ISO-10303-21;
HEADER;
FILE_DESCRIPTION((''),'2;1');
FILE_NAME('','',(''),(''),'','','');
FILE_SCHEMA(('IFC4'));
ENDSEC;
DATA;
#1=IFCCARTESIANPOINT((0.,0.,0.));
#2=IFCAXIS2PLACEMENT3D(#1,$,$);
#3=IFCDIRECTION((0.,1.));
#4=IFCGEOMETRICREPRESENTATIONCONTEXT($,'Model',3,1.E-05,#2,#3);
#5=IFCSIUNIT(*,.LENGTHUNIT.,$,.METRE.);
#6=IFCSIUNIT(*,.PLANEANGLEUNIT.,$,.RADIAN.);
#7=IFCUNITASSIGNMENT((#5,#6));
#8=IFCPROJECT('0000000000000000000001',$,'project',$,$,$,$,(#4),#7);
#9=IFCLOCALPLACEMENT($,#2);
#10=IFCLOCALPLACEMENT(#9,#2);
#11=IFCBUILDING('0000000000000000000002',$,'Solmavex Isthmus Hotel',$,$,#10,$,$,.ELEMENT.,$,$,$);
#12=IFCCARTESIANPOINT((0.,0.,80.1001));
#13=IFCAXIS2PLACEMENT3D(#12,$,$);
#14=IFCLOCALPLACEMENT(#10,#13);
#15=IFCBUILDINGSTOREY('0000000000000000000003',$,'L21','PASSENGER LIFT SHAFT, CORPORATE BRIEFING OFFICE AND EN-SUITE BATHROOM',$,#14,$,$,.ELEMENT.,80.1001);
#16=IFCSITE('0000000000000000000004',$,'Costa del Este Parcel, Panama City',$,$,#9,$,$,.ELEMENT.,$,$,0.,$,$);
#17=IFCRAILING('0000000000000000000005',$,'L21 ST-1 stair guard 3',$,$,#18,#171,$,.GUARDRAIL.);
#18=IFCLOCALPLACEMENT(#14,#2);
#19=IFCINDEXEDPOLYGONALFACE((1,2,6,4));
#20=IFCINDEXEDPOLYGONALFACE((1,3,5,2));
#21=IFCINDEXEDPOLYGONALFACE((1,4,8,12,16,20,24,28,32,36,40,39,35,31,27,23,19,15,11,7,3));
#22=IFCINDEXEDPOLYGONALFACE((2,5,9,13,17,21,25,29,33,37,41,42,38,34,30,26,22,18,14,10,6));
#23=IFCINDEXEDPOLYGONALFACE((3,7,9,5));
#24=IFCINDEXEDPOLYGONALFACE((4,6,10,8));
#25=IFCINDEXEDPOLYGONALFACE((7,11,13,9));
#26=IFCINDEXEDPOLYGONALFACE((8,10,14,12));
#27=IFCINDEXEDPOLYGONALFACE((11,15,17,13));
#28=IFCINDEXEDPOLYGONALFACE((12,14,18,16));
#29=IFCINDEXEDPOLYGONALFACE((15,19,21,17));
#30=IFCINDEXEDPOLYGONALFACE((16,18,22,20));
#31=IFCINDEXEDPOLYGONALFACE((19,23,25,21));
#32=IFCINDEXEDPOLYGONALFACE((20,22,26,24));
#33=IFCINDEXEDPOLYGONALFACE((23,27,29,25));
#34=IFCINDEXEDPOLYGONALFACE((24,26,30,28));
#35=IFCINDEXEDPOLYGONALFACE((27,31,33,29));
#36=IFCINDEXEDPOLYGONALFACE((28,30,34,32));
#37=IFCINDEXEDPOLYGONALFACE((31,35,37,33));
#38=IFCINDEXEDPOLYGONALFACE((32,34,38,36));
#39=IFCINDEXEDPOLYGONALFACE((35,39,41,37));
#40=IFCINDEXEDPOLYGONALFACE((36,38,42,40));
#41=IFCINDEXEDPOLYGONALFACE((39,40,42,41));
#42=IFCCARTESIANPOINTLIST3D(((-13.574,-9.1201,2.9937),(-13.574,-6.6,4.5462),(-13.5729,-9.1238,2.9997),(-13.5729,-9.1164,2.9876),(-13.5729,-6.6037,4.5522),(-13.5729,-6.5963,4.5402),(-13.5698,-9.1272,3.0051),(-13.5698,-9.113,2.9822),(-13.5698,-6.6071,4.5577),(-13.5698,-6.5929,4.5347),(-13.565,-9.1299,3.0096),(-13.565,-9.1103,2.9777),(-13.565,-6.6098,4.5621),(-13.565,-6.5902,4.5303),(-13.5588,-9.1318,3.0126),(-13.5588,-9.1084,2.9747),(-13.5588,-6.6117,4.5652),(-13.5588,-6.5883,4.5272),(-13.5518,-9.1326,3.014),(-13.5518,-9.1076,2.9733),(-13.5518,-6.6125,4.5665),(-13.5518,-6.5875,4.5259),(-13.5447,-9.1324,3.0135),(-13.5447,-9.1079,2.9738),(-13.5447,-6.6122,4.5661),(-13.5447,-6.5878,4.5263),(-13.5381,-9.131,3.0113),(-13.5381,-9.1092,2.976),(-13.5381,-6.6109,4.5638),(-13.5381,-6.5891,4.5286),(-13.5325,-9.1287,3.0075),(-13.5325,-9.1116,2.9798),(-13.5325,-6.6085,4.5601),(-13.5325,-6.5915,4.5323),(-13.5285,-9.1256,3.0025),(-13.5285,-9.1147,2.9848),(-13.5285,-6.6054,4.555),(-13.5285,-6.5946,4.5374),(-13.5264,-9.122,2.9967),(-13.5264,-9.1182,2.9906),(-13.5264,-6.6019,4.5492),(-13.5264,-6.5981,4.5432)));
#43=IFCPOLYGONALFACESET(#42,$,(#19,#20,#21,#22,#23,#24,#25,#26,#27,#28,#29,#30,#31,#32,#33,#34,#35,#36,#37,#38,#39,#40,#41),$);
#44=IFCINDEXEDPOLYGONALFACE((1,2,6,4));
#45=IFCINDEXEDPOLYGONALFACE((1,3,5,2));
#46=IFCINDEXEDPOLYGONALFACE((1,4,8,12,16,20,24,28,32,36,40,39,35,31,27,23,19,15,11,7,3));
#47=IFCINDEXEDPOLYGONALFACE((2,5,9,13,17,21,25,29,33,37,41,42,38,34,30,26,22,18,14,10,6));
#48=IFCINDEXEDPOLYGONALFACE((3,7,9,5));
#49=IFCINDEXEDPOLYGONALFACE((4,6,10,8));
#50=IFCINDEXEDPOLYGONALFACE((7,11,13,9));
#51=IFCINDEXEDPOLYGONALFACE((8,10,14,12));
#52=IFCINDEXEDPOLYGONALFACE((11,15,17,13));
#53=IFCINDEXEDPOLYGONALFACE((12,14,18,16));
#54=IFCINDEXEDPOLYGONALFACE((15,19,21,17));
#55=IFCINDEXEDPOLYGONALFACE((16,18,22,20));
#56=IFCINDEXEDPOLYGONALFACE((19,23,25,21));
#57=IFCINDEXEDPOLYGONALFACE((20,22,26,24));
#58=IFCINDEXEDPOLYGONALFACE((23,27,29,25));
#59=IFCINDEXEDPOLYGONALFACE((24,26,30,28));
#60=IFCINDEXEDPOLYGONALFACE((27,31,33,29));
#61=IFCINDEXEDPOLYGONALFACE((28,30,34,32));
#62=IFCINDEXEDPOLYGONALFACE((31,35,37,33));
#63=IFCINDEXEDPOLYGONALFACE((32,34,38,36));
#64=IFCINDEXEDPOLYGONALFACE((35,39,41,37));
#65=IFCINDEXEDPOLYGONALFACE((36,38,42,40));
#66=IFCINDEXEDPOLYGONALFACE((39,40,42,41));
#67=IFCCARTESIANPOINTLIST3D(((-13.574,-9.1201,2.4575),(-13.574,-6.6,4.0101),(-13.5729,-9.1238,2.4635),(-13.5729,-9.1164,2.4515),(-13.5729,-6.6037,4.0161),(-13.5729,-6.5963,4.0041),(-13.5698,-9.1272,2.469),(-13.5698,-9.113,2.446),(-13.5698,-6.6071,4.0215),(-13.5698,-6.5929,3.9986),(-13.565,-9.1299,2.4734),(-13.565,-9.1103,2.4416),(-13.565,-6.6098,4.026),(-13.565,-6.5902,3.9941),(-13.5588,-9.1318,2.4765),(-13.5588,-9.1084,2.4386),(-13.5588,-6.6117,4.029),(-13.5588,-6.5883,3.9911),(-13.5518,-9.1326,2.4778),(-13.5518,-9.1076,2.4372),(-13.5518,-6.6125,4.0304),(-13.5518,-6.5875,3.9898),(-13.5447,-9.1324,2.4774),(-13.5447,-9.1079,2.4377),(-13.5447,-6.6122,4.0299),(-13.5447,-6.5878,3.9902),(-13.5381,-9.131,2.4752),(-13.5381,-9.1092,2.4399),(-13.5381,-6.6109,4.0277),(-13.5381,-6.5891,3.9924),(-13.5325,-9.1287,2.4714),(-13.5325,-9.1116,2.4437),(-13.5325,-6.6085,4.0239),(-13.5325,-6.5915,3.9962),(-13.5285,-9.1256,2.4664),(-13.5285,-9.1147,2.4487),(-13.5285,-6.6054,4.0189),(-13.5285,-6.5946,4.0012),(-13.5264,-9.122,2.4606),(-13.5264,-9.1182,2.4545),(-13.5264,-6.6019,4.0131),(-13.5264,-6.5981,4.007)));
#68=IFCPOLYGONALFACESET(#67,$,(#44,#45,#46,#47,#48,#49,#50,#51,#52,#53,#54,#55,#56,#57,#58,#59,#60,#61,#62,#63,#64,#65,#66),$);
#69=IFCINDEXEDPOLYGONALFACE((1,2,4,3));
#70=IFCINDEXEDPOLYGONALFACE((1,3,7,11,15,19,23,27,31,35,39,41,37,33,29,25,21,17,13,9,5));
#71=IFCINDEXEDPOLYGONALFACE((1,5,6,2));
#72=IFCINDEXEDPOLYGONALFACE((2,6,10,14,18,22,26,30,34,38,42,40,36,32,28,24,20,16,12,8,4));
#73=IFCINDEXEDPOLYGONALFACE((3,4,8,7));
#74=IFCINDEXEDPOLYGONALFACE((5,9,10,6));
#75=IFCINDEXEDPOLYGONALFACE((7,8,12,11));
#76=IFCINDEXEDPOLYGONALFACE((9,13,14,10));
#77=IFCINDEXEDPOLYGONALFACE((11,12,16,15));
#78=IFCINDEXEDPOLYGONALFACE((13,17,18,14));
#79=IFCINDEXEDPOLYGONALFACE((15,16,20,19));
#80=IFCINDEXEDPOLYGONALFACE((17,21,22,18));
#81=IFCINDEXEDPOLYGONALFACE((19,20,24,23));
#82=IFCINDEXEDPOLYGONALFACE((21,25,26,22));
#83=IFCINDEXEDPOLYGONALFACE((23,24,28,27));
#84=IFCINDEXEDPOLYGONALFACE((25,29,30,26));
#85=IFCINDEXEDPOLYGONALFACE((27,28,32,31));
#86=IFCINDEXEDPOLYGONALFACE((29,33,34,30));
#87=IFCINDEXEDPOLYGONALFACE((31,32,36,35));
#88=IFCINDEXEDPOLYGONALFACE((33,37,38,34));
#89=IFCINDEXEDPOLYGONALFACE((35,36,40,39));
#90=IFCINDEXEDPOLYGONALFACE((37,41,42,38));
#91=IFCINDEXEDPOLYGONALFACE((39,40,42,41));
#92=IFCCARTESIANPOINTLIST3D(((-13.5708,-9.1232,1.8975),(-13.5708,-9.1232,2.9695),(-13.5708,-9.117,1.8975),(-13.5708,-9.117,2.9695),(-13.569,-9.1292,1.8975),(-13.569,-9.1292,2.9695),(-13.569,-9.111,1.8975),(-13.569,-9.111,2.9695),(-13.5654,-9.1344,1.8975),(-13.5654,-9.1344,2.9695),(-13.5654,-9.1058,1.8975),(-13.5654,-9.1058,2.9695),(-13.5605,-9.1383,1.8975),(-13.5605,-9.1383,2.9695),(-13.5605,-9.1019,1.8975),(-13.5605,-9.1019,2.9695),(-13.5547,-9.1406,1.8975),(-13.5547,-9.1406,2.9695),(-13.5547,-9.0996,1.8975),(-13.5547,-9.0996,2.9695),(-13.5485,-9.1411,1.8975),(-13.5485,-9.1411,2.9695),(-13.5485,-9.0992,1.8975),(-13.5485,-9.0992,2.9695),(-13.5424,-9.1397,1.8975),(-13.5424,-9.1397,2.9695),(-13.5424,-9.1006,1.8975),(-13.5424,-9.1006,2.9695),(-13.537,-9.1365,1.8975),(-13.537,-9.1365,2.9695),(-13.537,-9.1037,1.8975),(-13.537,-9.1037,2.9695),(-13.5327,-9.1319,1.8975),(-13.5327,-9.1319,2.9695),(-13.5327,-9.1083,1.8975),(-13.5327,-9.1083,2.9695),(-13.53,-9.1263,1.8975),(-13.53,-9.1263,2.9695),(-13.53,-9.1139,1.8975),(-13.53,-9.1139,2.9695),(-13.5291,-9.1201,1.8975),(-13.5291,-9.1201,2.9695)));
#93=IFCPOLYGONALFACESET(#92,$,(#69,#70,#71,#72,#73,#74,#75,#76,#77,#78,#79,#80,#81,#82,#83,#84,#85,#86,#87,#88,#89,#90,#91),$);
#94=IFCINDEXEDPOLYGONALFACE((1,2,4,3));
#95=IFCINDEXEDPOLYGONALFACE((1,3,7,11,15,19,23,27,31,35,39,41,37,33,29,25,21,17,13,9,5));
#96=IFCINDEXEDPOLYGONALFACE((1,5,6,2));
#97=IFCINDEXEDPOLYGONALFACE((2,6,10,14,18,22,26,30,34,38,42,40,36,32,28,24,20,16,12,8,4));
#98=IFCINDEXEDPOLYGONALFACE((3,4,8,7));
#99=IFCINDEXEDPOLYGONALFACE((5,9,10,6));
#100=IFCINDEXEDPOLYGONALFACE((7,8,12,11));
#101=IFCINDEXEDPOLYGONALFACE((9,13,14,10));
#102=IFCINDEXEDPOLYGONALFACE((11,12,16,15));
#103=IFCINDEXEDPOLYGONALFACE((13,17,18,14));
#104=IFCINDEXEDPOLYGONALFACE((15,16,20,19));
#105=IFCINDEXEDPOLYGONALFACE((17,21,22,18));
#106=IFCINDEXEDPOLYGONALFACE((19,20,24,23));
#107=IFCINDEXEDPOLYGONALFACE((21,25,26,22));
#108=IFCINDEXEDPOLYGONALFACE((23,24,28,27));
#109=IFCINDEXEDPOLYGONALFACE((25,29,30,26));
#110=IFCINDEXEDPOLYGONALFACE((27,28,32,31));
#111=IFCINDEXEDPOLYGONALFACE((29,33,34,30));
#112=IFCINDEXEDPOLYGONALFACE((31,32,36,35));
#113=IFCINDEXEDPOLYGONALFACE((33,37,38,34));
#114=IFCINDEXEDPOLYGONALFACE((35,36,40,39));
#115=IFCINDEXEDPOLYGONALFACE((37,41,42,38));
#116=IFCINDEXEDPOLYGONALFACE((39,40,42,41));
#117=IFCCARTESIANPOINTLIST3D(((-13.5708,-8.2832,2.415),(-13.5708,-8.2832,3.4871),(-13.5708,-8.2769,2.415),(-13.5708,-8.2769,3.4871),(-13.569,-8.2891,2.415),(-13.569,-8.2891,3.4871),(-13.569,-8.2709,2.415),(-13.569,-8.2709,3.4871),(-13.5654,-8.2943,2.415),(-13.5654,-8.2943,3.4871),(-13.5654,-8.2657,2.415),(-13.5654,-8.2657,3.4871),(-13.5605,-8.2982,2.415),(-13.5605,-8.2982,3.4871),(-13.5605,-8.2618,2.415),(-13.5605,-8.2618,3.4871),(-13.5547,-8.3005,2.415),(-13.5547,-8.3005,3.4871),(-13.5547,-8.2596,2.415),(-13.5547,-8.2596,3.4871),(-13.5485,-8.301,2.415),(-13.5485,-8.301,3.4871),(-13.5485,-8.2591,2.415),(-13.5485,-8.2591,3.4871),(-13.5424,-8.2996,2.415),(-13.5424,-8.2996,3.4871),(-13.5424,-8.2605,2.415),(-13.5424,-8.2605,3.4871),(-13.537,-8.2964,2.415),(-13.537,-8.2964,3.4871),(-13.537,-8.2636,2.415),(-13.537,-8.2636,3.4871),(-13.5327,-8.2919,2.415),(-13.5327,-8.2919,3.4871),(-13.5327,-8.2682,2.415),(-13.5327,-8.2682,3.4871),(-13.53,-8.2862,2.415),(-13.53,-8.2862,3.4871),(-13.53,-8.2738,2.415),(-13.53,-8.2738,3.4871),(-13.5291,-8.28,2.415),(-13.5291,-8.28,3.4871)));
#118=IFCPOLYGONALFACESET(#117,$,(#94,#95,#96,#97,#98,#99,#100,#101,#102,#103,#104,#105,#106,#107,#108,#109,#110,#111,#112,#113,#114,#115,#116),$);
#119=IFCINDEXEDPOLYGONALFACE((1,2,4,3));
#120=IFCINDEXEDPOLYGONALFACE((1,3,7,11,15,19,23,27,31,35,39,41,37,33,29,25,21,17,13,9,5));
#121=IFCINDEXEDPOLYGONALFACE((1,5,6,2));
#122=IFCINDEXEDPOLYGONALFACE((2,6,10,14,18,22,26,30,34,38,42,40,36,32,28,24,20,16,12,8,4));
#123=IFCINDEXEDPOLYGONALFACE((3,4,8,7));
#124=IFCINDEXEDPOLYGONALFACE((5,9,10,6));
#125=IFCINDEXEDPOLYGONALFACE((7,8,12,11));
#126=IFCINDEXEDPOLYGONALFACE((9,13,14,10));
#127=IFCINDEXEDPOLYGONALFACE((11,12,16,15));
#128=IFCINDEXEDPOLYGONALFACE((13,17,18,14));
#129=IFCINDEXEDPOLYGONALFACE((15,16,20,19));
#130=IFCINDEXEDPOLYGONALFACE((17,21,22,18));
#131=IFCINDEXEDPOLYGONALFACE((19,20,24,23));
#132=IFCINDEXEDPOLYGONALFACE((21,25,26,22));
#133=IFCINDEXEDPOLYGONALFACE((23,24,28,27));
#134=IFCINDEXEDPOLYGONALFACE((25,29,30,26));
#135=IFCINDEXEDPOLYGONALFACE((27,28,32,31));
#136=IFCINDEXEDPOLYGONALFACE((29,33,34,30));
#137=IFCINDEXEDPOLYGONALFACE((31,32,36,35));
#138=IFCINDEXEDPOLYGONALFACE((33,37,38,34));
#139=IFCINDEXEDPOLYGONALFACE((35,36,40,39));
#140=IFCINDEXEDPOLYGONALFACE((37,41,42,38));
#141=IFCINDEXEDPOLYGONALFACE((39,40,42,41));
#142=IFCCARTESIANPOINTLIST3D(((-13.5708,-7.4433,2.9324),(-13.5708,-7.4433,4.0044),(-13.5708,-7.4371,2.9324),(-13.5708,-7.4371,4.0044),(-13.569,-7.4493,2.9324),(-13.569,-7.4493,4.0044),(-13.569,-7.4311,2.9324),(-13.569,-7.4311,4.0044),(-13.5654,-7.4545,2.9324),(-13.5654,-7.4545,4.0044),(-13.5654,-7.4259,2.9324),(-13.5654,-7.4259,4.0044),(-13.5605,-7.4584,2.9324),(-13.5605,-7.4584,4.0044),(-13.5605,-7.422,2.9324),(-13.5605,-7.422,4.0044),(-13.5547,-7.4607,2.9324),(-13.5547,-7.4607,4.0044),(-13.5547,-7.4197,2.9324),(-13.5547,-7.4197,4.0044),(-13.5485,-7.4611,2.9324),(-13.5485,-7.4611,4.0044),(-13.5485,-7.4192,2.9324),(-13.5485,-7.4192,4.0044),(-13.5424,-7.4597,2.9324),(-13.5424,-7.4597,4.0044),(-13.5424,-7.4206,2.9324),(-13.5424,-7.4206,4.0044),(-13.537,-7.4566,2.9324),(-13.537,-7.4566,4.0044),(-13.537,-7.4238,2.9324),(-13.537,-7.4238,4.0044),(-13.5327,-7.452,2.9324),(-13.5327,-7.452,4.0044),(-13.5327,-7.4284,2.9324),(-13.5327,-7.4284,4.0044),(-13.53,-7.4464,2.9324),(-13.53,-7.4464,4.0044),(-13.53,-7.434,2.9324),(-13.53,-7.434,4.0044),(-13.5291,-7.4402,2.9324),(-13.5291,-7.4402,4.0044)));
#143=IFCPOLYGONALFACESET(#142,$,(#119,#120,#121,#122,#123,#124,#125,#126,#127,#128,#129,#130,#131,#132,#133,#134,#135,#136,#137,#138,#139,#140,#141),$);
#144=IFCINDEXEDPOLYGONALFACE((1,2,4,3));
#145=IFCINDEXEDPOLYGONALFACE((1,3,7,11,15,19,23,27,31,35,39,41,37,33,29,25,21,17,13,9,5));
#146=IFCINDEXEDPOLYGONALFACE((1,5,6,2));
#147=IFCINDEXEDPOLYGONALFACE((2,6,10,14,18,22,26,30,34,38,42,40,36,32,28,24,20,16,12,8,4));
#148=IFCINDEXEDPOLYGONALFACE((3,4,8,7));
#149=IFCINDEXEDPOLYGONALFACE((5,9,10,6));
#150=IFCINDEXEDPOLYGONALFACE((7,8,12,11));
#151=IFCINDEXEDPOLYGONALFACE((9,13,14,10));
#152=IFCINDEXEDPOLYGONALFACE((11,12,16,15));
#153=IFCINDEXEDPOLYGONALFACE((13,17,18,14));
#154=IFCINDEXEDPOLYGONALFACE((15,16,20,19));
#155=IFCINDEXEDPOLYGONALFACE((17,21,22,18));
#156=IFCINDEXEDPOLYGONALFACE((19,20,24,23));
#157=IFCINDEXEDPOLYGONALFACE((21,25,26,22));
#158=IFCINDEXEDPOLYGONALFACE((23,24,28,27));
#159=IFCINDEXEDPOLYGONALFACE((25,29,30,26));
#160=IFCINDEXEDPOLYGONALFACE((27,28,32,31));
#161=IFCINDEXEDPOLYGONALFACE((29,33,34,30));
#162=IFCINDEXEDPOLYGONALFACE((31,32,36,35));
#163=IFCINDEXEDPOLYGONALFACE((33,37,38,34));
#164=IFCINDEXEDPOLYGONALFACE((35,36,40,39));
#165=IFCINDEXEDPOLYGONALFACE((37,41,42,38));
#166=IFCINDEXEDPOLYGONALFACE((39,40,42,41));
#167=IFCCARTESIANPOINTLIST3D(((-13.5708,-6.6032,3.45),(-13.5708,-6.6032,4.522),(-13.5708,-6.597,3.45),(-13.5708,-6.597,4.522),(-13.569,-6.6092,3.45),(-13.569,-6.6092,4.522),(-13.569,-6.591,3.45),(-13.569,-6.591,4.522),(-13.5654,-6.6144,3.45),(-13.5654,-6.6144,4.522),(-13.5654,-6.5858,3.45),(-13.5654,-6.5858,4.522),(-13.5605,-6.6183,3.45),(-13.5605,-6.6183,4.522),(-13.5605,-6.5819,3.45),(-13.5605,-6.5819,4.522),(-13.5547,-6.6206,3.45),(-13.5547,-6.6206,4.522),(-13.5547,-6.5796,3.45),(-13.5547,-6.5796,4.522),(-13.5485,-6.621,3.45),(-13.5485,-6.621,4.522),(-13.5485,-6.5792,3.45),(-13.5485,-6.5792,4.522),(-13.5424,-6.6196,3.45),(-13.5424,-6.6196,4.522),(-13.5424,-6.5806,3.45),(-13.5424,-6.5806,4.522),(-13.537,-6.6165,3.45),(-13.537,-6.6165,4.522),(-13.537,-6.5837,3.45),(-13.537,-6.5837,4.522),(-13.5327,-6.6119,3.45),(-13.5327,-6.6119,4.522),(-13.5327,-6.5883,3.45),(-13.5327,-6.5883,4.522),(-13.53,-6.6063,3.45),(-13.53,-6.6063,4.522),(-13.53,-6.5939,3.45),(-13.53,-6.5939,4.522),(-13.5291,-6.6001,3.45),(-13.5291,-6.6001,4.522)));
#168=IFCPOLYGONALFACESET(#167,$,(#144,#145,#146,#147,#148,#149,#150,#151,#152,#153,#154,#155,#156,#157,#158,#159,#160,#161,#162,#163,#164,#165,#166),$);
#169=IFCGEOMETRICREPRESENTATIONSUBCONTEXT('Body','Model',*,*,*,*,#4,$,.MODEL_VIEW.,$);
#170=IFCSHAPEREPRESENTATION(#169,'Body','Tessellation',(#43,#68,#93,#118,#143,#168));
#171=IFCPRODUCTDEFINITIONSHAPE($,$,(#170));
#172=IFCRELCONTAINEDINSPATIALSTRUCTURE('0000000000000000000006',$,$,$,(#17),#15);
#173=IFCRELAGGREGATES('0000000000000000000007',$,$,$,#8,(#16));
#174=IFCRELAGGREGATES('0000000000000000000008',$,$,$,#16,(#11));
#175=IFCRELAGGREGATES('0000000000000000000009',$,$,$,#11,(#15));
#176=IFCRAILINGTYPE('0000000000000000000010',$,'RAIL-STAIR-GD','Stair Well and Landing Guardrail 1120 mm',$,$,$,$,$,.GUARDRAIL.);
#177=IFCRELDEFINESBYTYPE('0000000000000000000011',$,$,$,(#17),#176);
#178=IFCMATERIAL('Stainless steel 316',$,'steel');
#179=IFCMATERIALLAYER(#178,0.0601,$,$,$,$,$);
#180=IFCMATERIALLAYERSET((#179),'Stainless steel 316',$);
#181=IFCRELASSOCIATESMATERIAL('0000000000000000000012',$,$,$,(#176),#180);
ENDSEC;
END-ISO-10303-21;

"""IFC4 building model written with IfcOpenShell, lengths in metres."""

from ifc_helpers import new_model, si_unit, direction, frame, origin, origin_2d, place, context, subcontext, project, spatial, circle, extrude, material, layer, layer_set, type_object, element, save


model = new_model("IFC4")

# Units and contexts
model_context = context("Model", 3, precision=1e-05, world=origin(), true_north=direction((0.0, 1.0)))
body_context = subcontext(model_context, "Body", "Model", "MODEL_VIEW")
ifc_project = project(units=[si_unit("LENGTHUNIT", "METRE"), si_unit("PLANEANGLEUNIT", "RADIAN")], contexts=[model_context])

# Site, building, storey
site_placement = place(None, origin())
site = spatial("IfcSite", under=ifc_project, at=site_placement, Name="Costa del Este Parcel, Panama City", CompositionType="ELEMENT", RefElevation=0.0)
building_placement = place(site_placement, origin())
building = spatial("IfcBuilding", under=site, at=building_placement, Name="Solmavex Isthmus Hotel", CompositionType="ELEMENT")
storey_placement = place(building_placement, frame((0.0, 0.0, 80.1001)))
storey = spatial("IfcBuildingStorey", under=building, at=storey_placement, Name="L21", Description="PASSENGER LIFT SHAFT, CORPORATE BRIEFING OFFICE AND EN-SUITE BATHROOM", CompositionType="ELEMENT", Elevation=80.1001)

# Railing
ifc_material_1 = material(Name="Stainless steel 316", Category="steel")
ifc_layer_1 = layer(ifc_material_1, 0.0601)
ifc_layer_set_1 = layer_set([ifc_layer_1], Name="Stainless steel 316")
railing_type_1 = type_object("IfcRailingType", Name="RAIL-STAIR-GD", Description="Stair Well and Landing Guardrail 1120 mm", PredefinedType="GUARDRAIL", material=ifc_layer_set_1)
railing_1_placement = place(storey_placement, frame((-13.55, -9.1201, 1.8975)))
element("IfcRailing", 1, at=railing_1_placement, inside=storey, type_object=railing_type_1, Name="L21 ST-1 stair guard 3", PredefinedType="GUARDRAIL", context=body_context, shape_type="SweptSolid", body=[
    extrude(circle(Radius=0.0239, at=origin_2d()), frame((0.0, 0.0, 1.0962), z_axis=(0.0, 0.8514, 0.524516), x_axis=(-1.0, 0.0, 0.0)), (0.0, 0.0, 1.0), 2.96),
    extrude(circle(Radius=0.0239, at=origin_2d()), frame((0.0, 0.0, 0.5601), z_axis=(0.0, 0.8514, 0.524516), x_axis=(-1.0, 0.0, 0.0)), (0.0, 0.0, 1.0), 2.96),
    extrude(circle(Radius=0.021, at=origin_2d()), origin(), (0.0, 0.0, 1.0), 1.072),
    extrude(circle(Radius=0.021, at=origin_2d()), frame((0.0, 0.8401, 0.5176)), (0.0, 0.0, 1.0), 1.072),
    extrude(circle(Radius=0.021, at=origin_2d()), frame((0.0, 1.6799, 1.0349)), (0.0, 0.0, 1.0), 1.072),
    extrude(circle(Radius=0.021, at=origin_2d()), frame((0.0, 2.52, 1.5525)), (0.0, 0.0, 1.0), 1.072),
])

save(model, "model.ifc")
